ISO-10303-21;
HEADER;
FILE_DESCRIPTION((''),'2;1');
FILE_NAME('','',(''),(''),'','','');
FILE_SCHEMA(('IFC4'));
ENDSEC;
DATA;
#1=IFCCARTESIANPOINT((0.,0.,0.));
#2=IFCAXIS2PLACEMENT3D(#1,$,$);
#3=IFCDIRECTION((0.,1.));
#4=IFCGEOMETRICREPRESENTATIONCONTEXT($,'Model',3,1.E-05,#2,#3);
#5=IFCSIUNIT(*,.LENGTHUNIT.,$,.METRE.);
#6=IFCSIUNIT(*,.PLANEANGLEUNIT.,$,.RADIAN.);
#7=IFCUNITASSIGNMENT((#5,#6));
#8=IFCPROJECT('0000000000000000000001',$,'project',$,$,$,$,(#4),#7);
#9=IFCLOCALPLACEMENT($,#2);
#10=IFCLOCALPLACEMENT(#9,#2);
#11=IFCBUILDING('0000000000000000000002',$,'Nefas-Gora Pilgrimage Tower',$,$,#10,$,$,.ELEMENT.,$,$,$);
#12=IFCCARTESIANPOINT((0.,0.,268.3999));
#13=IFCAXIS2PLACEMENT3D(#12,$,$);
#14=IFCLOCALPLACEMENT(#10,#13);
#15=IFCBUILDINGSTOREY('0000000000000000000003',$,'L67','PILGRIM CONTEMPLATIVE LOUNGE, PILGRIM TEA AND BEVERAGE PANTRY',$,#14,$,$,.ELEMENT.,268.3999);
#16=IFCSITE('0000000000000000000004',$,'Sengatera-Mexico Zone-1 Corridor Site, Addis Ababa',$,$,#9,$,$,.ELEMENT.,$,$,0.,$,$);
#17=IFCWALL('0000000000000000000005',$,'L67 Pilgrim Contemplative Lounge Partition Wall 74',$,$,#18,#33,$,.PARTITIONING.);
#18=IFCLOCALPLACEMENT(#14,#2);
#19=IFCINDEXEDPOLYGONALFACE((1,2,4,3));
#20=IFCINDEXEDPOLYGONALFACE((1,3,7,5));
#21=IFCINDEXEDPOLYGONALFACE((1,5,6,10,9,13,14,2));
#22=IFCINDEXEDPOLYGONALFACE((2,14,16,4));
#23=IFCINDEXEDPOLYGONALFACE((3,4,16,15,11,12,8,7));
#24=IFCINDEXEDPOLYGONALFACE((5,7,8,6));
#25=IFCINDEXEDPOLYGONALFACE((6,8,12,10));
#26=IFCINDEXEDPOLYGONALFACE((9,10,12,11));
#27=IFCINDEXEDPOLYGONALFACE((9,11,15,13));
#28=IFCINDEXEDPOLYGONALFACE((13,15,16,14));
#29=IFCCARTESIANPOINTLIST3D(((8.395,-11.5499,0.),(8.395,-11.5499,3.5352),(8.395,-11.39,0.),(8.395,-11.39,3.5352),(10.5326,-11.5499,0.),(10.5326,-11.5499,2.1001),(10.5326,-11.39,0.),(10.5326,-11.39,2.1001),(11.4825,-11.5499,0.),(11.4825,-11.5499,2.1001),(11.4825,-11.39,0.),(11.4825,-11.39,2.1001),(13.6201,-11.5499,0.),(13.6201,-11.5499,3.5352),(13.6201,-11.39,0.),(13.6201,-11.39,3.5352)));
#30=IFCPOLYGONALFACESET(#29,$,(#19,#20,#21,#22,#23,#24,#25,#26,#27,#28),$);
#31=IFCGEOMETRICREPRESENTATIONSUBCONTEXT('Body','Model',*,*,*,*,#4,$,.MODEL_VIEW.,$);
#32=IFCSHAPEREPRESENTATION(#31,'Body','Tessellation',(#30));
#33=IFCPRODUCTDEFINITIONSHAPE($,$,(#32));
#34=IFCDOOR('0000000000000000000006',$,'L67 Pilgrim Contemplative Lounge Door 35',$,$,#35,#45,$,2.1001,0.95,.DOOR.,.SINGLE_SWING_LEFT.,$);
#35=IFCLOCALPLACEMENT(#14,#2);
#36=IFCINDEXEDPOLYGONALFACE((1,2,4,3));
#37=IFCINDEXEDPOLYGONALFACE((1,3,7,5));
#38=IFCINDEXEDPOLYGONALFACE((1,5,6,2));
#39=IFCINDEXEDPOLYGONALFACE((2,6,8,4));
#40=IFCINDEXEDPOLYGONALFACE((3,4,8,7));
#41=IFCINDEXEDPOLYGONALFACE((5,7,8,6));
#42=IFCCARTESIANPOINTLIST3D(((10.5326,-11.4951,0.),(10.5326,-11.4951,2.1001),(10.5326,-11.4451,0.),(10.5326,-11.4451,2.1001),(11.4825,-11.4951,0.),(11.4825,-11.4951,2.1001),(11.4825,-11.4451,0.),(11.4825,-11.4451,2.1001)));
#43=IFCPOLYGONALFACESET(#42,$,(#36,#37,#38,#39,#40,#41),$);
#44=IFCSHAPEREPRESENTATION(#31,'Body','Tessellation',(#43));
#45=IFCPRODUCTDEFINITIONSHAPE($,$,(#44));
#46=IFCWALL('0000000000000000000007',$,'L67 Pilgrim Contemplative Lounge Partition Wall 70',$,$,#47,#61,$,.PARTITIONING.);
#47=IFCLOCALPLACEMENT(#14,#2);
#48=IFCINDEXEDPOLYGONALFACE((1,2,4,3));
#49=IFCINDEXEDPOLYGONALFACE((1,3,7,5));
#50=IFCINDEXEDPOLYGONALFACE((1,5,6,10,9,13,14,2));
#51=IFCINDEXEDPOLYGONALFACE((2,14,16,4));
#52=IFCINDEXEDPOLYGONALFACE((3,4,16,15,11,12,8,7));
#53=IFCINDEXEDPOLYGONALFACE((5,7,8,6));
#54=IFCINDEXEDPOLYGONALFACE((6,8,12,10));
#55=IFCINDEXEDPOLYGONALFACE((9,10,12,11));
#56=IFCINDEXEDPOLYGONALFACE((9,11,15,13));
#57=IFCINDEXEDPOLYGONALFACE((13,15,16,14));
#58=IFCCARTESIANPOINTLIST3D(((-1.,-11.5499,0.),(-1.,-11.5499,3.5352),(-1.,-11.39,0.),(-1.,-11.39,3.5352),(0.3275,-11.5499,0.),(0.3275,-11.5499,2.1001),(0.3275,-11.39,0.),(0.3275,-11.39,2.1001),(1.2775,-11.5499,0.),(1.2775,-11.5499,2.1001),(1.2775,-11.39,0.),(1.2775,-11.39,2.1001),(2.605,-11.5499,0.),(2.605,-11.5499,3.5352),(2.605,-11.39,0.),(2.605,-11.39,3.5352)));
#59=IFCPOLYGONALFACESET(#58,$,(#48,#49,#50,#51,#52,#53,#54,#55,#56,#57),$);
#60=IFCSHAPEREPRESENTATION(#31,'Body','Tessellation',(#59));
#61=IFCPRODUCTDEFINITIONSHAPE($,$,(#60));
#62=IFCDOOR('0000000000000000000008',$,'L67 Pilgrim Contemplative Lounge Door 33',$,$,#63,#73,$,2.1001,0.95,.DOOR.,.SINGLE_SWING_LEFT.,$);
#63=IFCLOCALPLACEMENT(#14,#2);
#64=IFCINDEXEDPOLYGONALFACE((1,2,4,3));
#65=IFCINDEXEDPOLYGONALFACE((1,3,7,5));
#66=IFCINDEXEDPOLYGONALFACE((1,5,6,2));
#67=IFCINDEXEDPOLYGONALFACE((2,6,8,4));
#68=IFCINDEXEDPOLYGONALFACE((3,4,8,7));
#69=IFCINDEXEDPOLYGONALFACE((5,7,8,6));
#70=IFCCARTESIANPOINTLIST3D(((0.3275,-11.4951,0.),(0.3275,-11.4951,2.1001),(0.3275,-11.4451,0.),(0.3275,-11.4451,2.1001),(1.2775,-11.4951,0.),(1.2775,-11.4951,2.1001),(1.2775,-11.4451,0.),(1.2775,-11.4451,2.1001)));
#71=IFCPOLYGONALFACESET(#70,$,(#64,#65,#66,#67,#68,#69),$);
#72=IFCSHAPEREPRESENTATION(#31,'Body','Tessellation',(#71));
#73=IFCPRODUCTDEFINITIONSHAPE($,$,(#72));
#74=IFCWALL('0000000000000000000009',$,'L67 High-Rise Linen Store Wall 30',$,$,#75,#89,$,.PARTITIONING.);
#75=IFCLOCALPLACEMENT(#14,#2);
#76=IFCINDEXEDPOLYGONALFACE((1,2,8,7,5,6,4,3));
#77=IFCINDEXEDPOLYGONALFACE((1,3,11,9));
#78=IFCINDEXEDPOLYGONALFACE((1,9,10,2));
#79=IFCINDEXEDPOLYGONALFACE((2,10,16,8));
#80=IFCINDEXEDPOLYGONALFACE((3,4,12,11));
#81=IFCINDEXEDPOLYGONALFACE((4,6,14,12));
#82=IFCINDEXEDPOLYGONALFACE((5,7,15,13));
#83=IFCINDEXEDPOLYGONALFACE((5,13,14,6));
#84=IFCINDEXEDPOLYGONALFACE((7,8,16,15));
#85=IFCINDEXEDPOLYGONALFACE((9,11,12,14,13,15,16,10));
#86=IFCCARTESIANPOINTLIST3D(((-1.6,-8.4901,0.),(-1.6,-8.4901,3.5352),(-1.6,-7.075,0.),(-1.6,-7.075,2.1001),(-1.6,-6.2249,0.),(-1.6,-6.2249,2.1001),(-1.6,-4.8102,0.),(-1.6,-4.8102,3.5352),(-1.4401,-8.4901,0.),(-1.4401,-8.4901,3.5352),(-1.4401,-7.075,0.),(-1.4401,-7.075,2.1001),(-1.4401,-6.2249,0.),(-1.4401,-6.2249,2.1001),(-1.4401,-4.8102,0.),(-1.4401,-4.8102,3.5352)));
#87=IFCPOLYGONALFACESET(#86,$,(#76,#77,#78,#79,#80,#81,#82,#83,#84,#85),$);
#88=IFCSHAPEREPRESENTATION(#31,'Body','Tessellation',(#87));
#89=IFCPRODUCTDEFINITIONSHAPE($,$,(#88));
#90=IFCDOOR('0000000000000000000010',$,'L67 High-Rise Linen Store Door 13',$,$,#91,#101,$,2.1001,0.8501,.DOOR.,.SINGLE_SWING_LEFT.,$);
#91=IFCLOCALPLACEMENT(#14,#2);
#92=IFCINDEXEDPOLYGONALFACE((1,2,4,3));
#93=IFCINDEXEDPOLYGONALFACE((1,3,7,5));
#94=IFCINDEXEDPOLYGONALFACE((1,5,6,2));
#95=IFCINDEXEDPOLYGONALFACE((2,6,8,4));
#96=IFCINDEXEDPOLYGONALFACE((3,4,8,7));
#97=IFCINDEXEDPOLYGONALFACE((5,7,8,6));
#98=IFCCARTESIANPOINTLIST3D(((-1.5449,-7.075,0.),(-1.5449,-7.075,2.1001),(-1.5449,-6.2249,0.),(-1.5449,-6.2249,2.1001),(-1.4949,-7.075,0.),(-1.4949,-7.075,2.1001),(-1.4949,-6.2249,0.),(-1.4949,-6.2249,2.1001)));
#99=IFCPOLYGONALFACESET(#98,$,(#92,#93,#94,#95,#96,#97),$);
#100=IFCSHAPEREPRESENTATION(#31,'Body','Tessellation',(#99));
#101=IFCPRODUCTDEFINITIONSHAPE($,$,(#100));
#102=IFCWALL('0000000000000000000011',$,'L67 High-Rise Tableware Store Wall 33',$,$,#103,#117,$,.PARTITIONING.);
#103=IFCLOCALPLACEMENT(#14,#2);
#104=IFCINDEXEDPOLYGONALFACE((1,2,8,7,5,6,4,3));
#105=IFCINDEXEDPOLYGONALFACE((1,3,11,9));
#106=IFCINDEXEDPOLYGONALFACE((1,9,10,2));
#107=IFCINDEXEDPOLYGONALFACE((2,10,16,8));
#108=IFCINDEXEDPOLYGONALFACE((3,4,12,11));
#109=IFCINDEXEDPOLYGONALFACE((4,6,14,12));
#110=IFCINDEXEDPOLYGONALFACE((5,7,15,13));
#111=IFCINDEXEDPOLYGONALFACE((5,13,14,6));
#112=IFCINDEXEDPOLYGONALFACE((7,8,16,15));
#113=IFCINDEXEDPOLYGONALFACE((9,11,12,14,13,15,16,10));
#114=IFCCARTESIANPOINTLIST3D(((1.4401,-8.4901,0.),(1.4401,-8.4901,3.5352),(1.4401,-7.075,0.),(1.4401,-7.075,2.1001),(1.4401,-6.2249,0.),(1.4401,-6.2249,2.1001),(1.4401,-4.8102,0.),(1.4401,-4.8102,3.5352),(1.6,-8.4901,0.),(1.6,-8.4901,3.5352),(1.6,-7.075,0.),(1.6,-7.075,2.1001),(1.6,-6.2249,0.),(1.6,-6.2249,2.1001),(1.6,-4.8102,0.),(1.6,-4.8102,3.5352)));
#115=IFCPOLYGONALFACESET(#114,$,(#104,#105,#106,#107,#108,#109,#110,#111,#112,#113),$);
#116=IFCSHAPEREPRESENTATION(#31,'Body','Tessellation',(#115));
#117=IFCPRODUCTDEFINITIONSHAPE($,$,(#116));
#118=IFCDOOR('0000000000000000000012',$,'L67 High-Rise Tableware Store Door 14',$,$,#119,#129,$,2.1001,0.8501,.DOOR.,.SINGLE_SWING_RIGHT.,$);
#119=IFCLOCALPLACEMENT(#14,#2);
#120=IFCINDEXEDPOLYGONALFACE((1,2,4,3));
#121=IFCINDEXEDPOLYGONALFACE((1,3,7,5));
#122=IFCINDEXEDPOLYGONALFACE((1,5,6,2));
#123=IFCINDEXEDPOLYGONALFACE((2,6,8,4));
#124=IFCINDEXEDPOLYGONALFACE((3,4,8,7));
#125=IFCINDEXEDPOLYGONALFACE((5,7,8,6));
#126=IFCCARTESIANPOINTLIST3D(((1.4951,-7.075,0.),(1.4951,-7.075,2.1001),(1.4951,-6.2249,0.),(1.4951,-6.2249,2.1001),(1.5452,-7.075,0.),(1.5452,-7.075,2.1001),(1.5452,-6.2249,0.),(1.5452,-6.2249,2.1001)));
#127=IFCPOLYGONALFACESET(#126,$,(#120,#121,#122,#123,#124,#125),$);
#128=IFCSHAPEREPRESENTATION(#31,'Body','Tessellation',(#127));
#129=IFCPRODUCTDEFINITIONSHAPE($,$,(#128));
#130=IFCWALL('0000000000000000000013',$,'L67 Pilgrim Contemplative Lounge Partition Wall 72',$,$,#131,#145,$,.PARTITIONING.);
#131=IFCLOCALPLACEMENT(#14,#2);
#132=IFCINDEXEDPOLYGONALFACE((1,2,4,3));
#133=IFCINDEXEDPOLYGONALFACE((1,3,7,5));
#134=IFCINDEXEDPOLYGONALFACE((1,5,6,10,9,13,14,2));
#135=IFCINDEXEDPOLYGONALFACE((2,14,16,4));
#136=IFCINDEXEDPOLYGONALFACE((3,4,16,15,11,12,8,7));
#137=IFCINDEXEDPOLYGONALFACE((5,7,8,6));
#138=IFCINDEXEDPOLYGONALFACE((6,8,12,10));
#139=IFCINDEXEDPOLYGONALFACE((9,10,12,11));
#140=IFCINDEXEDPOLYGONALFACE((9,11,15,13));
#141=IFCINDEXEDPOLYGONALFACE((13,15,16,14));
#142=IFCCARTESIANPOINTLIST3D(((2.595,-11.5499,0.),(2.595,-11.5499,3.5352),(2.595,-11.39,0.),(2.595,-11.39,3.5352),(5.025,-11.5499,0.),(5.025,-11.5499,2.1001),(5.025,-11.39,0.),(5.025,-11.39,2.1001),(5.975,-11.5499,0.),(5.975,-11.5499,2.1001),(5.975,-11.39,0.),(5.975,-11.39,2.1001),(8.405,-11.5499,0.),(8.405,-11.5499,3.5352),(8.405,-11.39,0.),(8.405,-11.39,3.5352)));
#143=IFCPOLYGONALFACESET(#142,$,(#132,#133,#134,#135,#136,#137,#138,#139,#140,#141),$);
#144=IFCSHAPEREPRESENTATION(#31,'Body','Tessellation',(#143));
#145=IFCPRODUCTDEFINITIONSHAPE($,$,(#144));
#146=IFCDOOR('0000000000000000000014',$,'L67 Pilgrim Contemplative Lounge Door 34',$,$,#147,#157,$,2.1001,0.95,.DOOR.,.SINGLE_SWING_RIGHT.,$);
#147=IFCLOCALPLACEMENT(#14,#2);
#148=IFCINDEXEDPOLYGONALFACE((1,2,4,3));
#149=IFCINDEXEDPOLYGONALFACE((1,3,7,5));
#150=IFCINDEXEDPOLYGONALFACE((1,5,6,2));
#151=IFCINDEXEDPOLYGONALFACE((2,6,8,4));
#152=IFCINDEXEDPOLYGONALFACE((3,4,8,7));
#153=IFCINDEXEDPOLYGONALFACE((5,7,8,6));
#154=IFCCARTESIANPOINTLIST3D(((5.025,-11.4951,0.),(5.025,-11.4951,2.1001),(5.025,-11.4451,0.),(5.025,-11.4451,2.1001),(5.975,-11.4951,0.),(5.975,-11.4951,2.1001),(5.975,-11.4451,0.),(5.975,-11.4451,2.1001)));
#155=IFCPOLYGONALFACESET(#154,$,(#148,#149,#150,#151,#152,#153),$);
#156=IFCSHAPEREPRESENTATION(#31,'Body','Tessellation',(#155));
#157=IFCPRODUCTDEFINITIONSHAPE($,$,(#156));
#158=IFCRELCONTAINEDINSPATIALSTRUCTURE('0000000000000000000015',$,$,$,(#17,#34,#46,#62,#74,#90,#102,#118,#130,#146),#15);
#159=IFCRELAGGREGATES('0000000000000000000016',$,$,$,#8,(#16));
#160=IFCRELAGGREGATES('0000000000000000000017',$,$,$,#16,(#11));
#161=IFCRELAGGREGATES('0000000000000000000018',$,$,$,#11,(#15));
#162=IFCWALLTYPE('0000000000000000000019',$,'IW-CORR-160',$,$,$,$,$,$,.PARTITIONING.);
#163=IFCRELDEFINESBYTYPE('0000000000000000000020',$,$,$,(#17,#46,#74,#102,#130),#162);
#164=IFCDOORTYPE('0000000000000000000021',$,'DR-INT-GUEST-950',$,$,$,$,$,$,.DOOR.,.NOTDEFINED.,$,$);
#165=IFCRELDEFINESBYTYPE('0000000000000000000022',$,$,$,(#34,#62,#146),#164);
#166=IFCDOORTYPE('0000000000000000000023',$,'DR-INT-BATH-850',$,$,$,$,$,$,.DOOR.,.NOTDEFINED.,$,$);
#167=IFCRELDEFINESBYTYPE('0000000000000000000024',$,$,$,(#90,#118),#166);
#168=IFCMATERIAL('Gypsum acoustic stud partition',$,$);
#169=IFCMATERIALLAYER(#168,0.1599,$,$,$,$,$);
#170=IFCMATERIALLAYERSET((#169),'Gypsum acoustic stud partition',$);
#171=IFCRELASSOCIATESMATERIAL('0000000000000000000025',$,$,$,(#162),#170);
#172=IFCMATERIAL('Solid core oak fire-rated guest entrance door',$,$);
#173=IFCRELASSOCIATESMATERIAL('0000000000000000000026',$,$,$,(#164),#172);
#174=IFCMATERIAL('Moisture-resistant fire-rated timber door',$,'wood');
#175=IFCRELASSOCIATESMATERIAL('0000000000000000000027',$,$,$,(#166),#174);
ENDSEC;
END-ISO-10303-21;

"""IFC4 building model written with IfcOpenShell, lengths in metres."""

from ifc_helpers import new_model, si_unit, direction, frame, frame_2d, origin, place, context, subcontext, project, spatial, rectangle, extrude, source, transform, mapped, material, layer, layer_set, type_object, element, fill, save


model = new_model("IFC4")

# Units and contexts
model_context = context("Model", 3, precision=1e-05, world=origin(), true_north=direction((0.0, 1.0)))
body_context = subcontext(model_context, "Body", "Model", "MODEL_VIEW")
ifc_project = project(units=[si_unit("LENGTHUNIT", "METRE"), si_unit("PLANEANGLEUNIT", "RADIAN")], contexts=[model_context])

# Site, building, storey
site_placement = place(None, origin())
site = spatial("IfcSite", under=ifc_project, at=site_placement, Name="Sengatera-Mexico Zone-1 Corridor Site, Addis Ababa", CompositionType="ELEMENT", RefElevation=0.0)
building_placement = place(site_placement, origin())
building = spatial("IfcBuilding", under=site, at=building_placement, Name="Nefas-Gora Pilgrimage Tower", CompositionType="ELEMENT")
storey_placement = place(building_placement, frame((0.0, 0.0, 268.3999)))
storey = spatial("IfcBuildingStorey", under=building, at=storey_placement, Name="L67", Description="PILGRIM CONTEMPLATIVE LOUNGE, PILGRIM TEA AND BEVERAGE PANTRY", CompositionType="ELEMENT", Elevation=268.3999)

# Walls, openings, doors
ifc_material_1 = material(Name="Gypsum acoustic stud partition")
ifc_layer_1 = layer(ifc_material_1, 0.1599)
ifc_layer_set_1 = layer_set([ifc_layer_1], Name="Gypsum acoustic stud partition")
wall_type_1 = type_object("IfcWallType", Name="IW-CORR-160", PredefinedType="PARTITIONING", material=ifc_layer_set_1)
shared_shape_1 = source(origin(), body_context, "Body", "SweptSolid", [
    extrude(rectangle(XDim=5.2251, YDim=0.1599, at=frame_2d((2.6125, 0.0))), origin(), (0.0, 0.0, 1.0), 3.5352),
])
wall_1_placement = place(storey_placement, frame((8.395, -11.47, 0.0), z_axis=(0.0, 0.0, 1.0), x_axis=(1.0, 0.0, 0.0)))
wall_1 = element("IfcWall", 1, at=wall_1_placement, inside=storey, type_object=wall_type_1, Name="L67 Pilgrim Contemplative Lounge Partition Wall 74", PredefinedType="PARTITIONING", context=body_context, shape_type="MappedRepresentation", body=[
    mapped(shared_shape_1, transform((0.0, 0.0, 0.0), x_axis=(1.0, 0.0, 0.0), y_axis=(0.0, 1.0, 0.0), z_axis=(0.0, 0.0, 1.0), scale=1.0)),
])
opening_1_placement = place(wall_1_placement, frame((2.1375, 0.0, 0.0)))
opening_1 = element("IfcOpeningElement", 2, at=opening_1_placement, cuts=wall_1, PredefinedType="OPENING", context=body_context, shape_type="SweptSolid", body=[
    extrude(rectangle(XDim=0.95, YDim=2.1001, at=frame_2d((0.4751, 1.05))), frame((0.0, 0.0898, 0.0), z_axis=(0.0, -1.0, 0.0), x_axis=(1.0, 0.0, 0.0)), (0.0, 0.0, 1.0), 0.1799),
])
ifc_material_2 = material(Name="Solid core oak fire-rated guest entrance door")
door_type_1 = type_object("IfcDoorType", Name="DR-INT-GUEST-950", OperationType="NOTDEFINED", PredefinedType="DOOR", material=ifc_material_2)
shared_shape_2 = source(origin(), body_context, "Body", "SweptSolid", [
    extrude(rectangle(XDim=0.95, YDim=2.1001, at=frame_2d((0.4751, 1.05))), frame((0.0, 0.0249, 0.0), z_axis=(0.0, -1.0, 0.0), x_axis=(1.0, 0.0, 0.0)), (0.0, 0.0, 1.0), 0.05),
])
door_1_placement = place(opening_1_placement, origin())
door_1 = element("IfcDoor", 3, at=door_1_placement, inside=storey, type_object=door_type_1, Name="L67 Pilgrim Contemplative Lounge Door 35", OperationType="SINGLE_SWING_LEFT", OverallHeight=2.1001, OverallWidth=0.95, PredefinedType="DOOR", context=body_context, shape_type="MappedRepresentation", body=[
    mapped(shared_shape_2, transform((0.0, 0.0, 0.0), x_axis=(1.0, 0.0, 0.0), y_axis=(0.0, 1.0, 0.0), z_axis=(0.0, 0.0, 1.0), scale=1.0)),
])
fill(opening_1, door_1)
shared_shape_3 = source(origin(), body_context, "Body", "SweptSolid", [
    extrude(rectangle(XDim=3.605, YDim=0.1599, at=frame_2d((1.8025, 0.0))), origin(), (0.0, 0.0, 1.0), 3.5352),
])
wall_2_placement = place(storey_placement, frame((-1.0, -11.47, 0.0), z_axis=(0.0, 0.0, 1.0), x_axis=(1.0, 0.0, 0.0)))
wall_2 = element("IfcWall", 4, at=wall_2_placement, inside=storey, type_object=wall_type_1, Name="L67 Pilgrim Contemplative Lounge Partition Wall 70", PredefinedType="PARTITIONING", context=body_context, shape_type="MappedRepresentation", body=[
    mapped(shared_shape_3, transform((0.0, 0.0, 0.0), x_axis=(1.0, 0.0, 0.0), y_axis=(0.0, 1.0, 0.0), z_axis=(0.0, 0.0, 1.0), scale=1.0)),
])
opening_2_placement = place(wall_2_placement, frame((1.3274, 0.0, 0.0)))
opening_2 = element("IfcOpeningElement", 5, at=opening_2_placement, cuts=wall_2, PredefinedType="OPENING", context=body_context, shape_type="SweptSolid", body=[
    extrude(rectangle(XDim=0.95, YDim=2.1001, at=frame_2d((0.4751, 1.05))), frame((0.0, 0.0898, 0.0), z_axis=(0.0, -1.0, 0.0), x_axis=(1.0, 0.0, 0.0)), (0.0, 0.0, 1.0), 0.1799),
])
door_2_placement = place(opening_2_placement, origin())
door_2 = element("IfcDoor", 6, at=door_2_placement, inside=storey, type_object=door_type_1, Name="L67 Pilgrim Contemplative Lounge Door 33", OperationType="SINGLE_SWING_LEFT", OverallHeight=2.1001, OverallWidth=0.95, PredefinedType="DOOR", context=body_context, shape_type="MappedRepresentation", body=[
    mapped(shared_shape_2, transform((0.0, 0.0, 0.0), x_axis=(1.0, 0.0, 0.0), y_axis=(0.0, 1.0, 0.0), z_axis=(0.0, 0.0, 1.0), scale=1.0)),
])
fill(opening_2, door_2)
shared_shape_4 = source(origin(), body_context, "Body", "SweptSolid", [
    extrude(rectangle(XDim=3.6799, YDim=0.1599, at=frame_2d((1.8398, 0.0))), origin(), (0.0, 0.0, 1.0), 3.5352),
])
wall_3_placement = place(storey_placement, frame((-1.52, -8.49, 0.0), z_axis=(0.0, 0.0, 1.0), x_axis=(0.0, 1.0, 0.0)))
wall_3 = element("IfcWall", 7, at=wall_3_placement, inside=storey, type_object=wall_type_1, Name="L67 High-Rise Linen Store Wall 30", PredefinedType="PARTITIONING", context=body_context, shape_type="MappedRepresentation", body=[
    mapped(shared_shape_4, transform((0.0, 0.0, 0.0), x_axis=(1.0, 0.0, 0.0), y_axis=(0.0, 1.0, 0.0), z_axis=(0.0, 0.0, 1.0), scale=1.0)),
])
opening_3_placement = place(wall_3_placement, frame((1.415, 0.0, 0.0)))
opening_3 = element("IfcOpeningElement", 8, at=opening_3_placement, cuts=wall_3, PredefinedType="OPENING", context=body_context, shape_type="SweptSolid", body=[
    extrude(rectangle(XDim=0.8501, YDim=2.1001, at=frame_2d((0.425, 1.05))), frame((0.0, 0.0898, 0.0), z_axis=(0.0, -1.0, 0.0), x_axis=(1.0, 0.0, 0.0)), (0.0, 0.0, 1.0), 0.1799),
])
ifc_material_3 = material(Name="Moisture-resistant fire-rated timber door", Category="wood")
door_type_2 = type_object("IfcDoorType", Name="DR-INT-BATH-850", OperationType="NOTDEFINED", PredefinedType="DOOR", material=ifc_material_3)
shared_shape_5 = source(origin(), body_context, "Body", "SweptSolid", [
    extrude(rectangle(XDim=0.8501, YDim=2.1001, at=frame_2d((0.425, 1.05))), frame((0.0, 0.0249, 0.0), z_axis=(0.0, -1.0, 0.0), x_axis=(1.0, 0.0, 0.0)), (0.0, 0.0, 1.0), 0.05),
])
door_3_placement = place(opening_3_placement, origin())
door_3 = element("IfcDoor", 9, at=door_3_placement, inside=storey, type_object=door_type_2, Name="L67 High-Rise Linen Store Door 13", OperationType="SINGLE_SWING_LEFT", OverallHeight=2.1001, OverallWidth=0.8501, PredefinedType="DOOR", context=body_context, shape_type="MappedRepresentation", body=[
    mapped(shared_shape_5, transform((0.0, 0.0, 0.0), x_axis=(1.0, 0.0, 0.0), y_axis=(0.0, 1.0, 0.0), z_axis=(0.0, 0.0, 1.0), scale=1.0)),
])
fill(opening_3, door_3)
wall_4_placement = place(storey_placement, frame((1.52, -8.49, 0.0), z_axis=(0.0, 0.0, 1.0), x_axis=(0.0, 1.0, 0.0)))
wall_4 = element("IfcWall", 10, at=wall_4_placement, inside=storey, type_object=wall_type_1, Name="L67 High-Rise Tableware Store Wall 33", PredefinedType="PARTITIONING", context=body_context, shape_type="MappedRepresentation", body=[
    mapped(shared_shape_4, transform((0.0, 0.0, 0.0), x_axis=(1.0, 0.0, 0.0), y_axis=(0.0, 1.0, 0.0), z_axis=(0.0, 0.0, 1.0), scale=1.0)),
])
opening_4_placement = place(wall_4_placement, frame((1.415, 0.0, 0.0)))
opening_4 = element("IfcOpeningElement", 11, at=opening_4_placement, cuts=wall_4, PredefinedType="OPENING", context=body_context, shape_type="SweptSolid", body=[
    extrude(rectangle(XDim=0.8501, YDim=2.1001, at=frame_2d((0.425, 1.05))), frame((0.0, 0.0898, 0.0), z_axis=(0.0, -1.0, 0.0), x_axis=(1.0, 0.0, 0.0)), (0.0, 0.0, 1.0), 0.1799),
])
door_4_placement = place(opening_4_placement, origin())
door_4 = element("IfcDoor", 12, at=door_4_placement, inside=storey, type_object=door_type_2, Name="L67 High-Rise Tableware Store Door 14", OperationType="SINGLE_SWING_RIGHT", OverallHeight=2.1001, OverallWidth=0.8501, PredefinedType="DOOR", context=body_context, shape_type="MappedRepresentation", body=[
    mapped(shared_shape_5, transform((0.0, 0.0, 0.0), x_axis=(1.0, 0.0, 0.0), y_axis=(0.0, 1.0, 0.0), z_axis=(0.0, 0.0, 1.0), scale=1.0)),
])
fill(opening_4, door_4)
shared_shape_6 = source(origin(), body_context, "Body", "SweptSolid", [
    extrude(rectangle(XDim=5.8101, YDim=0.1599, at=frame_2d((2.905, 0.0))), origin(), (0.0, 0.0, 1.0), 3.5352),
])
wall_5_placement = place(storey_placement, frame((2.595, -11.47, 0.0), z_axis=(0.0, 0.0, 1.0), x_axis=(1.0, 0.0, 0.0)))
wall_5 = element("IfcWall", 13, at=wall_5_placement, inside=storey, type_object=wall_type_1, Name="L67 Pilgrim Contemplative Lounge Partition Wall 72", PredefinedType="PARTITIONING", context=body_context, shape_type="MappedRepresentation", body=[
    mapped(shared_shape_6, transform((0.0, 0.0, 0.0), x_axis=(1.0, 0.0, 0.0), y_axis=(0.0, 1.0, 0.0), z_axis=(0.0, 0.0, 1.0), scale=1.0)),
])
opening_5_placement = place(wall_5_placement, frame((2.4299, 0.0, 0.0)))
opening_5 = element("IfcOpeningElement", 14, at=opening_5_placement, cuts=wall_5, PredefinedType="OPENING", context=body_context, shape_type="SweptSolid", body=[
    extrude(rectangle(XDim=0.95, YDim=2.1001, at=frame_2d((0.4751, 1.05))), frame((0.0, 0.0898, 0.0), z_axis=(0.0, -1.0, 0.0), x_axis=(1.0, 0.0, 0.0)), (0.0, 0.0, 1.0), 0.1799),
])
door_5_placement = place(opening_5_placement, origin())
door_5 = element("IfcDoor", 15, at=door_5_placement, inside=storey, type_object=door_type_1, Name="L67 Pilgrim Contemplative Lounge Door 34", OperationType="SINGLE_SWING_RIGHT", OverallHeight=2.1001, OverallWidth=0.95, PredefinedType="DOOR", context=body_context, shape_type="MappedRepresentation", body=[
    mapped(shared_shape_2, transform((0.0, 0.0, 0.0), x_axis=(1.0, 0.0, 0.0), y_axis=(0.0, 1.0, 0.0), z_axis=(0.0, 0.0, 1.0), scale=1.0)),
])
fill(opening_5, door_5)

save(model, "model.ifc")
